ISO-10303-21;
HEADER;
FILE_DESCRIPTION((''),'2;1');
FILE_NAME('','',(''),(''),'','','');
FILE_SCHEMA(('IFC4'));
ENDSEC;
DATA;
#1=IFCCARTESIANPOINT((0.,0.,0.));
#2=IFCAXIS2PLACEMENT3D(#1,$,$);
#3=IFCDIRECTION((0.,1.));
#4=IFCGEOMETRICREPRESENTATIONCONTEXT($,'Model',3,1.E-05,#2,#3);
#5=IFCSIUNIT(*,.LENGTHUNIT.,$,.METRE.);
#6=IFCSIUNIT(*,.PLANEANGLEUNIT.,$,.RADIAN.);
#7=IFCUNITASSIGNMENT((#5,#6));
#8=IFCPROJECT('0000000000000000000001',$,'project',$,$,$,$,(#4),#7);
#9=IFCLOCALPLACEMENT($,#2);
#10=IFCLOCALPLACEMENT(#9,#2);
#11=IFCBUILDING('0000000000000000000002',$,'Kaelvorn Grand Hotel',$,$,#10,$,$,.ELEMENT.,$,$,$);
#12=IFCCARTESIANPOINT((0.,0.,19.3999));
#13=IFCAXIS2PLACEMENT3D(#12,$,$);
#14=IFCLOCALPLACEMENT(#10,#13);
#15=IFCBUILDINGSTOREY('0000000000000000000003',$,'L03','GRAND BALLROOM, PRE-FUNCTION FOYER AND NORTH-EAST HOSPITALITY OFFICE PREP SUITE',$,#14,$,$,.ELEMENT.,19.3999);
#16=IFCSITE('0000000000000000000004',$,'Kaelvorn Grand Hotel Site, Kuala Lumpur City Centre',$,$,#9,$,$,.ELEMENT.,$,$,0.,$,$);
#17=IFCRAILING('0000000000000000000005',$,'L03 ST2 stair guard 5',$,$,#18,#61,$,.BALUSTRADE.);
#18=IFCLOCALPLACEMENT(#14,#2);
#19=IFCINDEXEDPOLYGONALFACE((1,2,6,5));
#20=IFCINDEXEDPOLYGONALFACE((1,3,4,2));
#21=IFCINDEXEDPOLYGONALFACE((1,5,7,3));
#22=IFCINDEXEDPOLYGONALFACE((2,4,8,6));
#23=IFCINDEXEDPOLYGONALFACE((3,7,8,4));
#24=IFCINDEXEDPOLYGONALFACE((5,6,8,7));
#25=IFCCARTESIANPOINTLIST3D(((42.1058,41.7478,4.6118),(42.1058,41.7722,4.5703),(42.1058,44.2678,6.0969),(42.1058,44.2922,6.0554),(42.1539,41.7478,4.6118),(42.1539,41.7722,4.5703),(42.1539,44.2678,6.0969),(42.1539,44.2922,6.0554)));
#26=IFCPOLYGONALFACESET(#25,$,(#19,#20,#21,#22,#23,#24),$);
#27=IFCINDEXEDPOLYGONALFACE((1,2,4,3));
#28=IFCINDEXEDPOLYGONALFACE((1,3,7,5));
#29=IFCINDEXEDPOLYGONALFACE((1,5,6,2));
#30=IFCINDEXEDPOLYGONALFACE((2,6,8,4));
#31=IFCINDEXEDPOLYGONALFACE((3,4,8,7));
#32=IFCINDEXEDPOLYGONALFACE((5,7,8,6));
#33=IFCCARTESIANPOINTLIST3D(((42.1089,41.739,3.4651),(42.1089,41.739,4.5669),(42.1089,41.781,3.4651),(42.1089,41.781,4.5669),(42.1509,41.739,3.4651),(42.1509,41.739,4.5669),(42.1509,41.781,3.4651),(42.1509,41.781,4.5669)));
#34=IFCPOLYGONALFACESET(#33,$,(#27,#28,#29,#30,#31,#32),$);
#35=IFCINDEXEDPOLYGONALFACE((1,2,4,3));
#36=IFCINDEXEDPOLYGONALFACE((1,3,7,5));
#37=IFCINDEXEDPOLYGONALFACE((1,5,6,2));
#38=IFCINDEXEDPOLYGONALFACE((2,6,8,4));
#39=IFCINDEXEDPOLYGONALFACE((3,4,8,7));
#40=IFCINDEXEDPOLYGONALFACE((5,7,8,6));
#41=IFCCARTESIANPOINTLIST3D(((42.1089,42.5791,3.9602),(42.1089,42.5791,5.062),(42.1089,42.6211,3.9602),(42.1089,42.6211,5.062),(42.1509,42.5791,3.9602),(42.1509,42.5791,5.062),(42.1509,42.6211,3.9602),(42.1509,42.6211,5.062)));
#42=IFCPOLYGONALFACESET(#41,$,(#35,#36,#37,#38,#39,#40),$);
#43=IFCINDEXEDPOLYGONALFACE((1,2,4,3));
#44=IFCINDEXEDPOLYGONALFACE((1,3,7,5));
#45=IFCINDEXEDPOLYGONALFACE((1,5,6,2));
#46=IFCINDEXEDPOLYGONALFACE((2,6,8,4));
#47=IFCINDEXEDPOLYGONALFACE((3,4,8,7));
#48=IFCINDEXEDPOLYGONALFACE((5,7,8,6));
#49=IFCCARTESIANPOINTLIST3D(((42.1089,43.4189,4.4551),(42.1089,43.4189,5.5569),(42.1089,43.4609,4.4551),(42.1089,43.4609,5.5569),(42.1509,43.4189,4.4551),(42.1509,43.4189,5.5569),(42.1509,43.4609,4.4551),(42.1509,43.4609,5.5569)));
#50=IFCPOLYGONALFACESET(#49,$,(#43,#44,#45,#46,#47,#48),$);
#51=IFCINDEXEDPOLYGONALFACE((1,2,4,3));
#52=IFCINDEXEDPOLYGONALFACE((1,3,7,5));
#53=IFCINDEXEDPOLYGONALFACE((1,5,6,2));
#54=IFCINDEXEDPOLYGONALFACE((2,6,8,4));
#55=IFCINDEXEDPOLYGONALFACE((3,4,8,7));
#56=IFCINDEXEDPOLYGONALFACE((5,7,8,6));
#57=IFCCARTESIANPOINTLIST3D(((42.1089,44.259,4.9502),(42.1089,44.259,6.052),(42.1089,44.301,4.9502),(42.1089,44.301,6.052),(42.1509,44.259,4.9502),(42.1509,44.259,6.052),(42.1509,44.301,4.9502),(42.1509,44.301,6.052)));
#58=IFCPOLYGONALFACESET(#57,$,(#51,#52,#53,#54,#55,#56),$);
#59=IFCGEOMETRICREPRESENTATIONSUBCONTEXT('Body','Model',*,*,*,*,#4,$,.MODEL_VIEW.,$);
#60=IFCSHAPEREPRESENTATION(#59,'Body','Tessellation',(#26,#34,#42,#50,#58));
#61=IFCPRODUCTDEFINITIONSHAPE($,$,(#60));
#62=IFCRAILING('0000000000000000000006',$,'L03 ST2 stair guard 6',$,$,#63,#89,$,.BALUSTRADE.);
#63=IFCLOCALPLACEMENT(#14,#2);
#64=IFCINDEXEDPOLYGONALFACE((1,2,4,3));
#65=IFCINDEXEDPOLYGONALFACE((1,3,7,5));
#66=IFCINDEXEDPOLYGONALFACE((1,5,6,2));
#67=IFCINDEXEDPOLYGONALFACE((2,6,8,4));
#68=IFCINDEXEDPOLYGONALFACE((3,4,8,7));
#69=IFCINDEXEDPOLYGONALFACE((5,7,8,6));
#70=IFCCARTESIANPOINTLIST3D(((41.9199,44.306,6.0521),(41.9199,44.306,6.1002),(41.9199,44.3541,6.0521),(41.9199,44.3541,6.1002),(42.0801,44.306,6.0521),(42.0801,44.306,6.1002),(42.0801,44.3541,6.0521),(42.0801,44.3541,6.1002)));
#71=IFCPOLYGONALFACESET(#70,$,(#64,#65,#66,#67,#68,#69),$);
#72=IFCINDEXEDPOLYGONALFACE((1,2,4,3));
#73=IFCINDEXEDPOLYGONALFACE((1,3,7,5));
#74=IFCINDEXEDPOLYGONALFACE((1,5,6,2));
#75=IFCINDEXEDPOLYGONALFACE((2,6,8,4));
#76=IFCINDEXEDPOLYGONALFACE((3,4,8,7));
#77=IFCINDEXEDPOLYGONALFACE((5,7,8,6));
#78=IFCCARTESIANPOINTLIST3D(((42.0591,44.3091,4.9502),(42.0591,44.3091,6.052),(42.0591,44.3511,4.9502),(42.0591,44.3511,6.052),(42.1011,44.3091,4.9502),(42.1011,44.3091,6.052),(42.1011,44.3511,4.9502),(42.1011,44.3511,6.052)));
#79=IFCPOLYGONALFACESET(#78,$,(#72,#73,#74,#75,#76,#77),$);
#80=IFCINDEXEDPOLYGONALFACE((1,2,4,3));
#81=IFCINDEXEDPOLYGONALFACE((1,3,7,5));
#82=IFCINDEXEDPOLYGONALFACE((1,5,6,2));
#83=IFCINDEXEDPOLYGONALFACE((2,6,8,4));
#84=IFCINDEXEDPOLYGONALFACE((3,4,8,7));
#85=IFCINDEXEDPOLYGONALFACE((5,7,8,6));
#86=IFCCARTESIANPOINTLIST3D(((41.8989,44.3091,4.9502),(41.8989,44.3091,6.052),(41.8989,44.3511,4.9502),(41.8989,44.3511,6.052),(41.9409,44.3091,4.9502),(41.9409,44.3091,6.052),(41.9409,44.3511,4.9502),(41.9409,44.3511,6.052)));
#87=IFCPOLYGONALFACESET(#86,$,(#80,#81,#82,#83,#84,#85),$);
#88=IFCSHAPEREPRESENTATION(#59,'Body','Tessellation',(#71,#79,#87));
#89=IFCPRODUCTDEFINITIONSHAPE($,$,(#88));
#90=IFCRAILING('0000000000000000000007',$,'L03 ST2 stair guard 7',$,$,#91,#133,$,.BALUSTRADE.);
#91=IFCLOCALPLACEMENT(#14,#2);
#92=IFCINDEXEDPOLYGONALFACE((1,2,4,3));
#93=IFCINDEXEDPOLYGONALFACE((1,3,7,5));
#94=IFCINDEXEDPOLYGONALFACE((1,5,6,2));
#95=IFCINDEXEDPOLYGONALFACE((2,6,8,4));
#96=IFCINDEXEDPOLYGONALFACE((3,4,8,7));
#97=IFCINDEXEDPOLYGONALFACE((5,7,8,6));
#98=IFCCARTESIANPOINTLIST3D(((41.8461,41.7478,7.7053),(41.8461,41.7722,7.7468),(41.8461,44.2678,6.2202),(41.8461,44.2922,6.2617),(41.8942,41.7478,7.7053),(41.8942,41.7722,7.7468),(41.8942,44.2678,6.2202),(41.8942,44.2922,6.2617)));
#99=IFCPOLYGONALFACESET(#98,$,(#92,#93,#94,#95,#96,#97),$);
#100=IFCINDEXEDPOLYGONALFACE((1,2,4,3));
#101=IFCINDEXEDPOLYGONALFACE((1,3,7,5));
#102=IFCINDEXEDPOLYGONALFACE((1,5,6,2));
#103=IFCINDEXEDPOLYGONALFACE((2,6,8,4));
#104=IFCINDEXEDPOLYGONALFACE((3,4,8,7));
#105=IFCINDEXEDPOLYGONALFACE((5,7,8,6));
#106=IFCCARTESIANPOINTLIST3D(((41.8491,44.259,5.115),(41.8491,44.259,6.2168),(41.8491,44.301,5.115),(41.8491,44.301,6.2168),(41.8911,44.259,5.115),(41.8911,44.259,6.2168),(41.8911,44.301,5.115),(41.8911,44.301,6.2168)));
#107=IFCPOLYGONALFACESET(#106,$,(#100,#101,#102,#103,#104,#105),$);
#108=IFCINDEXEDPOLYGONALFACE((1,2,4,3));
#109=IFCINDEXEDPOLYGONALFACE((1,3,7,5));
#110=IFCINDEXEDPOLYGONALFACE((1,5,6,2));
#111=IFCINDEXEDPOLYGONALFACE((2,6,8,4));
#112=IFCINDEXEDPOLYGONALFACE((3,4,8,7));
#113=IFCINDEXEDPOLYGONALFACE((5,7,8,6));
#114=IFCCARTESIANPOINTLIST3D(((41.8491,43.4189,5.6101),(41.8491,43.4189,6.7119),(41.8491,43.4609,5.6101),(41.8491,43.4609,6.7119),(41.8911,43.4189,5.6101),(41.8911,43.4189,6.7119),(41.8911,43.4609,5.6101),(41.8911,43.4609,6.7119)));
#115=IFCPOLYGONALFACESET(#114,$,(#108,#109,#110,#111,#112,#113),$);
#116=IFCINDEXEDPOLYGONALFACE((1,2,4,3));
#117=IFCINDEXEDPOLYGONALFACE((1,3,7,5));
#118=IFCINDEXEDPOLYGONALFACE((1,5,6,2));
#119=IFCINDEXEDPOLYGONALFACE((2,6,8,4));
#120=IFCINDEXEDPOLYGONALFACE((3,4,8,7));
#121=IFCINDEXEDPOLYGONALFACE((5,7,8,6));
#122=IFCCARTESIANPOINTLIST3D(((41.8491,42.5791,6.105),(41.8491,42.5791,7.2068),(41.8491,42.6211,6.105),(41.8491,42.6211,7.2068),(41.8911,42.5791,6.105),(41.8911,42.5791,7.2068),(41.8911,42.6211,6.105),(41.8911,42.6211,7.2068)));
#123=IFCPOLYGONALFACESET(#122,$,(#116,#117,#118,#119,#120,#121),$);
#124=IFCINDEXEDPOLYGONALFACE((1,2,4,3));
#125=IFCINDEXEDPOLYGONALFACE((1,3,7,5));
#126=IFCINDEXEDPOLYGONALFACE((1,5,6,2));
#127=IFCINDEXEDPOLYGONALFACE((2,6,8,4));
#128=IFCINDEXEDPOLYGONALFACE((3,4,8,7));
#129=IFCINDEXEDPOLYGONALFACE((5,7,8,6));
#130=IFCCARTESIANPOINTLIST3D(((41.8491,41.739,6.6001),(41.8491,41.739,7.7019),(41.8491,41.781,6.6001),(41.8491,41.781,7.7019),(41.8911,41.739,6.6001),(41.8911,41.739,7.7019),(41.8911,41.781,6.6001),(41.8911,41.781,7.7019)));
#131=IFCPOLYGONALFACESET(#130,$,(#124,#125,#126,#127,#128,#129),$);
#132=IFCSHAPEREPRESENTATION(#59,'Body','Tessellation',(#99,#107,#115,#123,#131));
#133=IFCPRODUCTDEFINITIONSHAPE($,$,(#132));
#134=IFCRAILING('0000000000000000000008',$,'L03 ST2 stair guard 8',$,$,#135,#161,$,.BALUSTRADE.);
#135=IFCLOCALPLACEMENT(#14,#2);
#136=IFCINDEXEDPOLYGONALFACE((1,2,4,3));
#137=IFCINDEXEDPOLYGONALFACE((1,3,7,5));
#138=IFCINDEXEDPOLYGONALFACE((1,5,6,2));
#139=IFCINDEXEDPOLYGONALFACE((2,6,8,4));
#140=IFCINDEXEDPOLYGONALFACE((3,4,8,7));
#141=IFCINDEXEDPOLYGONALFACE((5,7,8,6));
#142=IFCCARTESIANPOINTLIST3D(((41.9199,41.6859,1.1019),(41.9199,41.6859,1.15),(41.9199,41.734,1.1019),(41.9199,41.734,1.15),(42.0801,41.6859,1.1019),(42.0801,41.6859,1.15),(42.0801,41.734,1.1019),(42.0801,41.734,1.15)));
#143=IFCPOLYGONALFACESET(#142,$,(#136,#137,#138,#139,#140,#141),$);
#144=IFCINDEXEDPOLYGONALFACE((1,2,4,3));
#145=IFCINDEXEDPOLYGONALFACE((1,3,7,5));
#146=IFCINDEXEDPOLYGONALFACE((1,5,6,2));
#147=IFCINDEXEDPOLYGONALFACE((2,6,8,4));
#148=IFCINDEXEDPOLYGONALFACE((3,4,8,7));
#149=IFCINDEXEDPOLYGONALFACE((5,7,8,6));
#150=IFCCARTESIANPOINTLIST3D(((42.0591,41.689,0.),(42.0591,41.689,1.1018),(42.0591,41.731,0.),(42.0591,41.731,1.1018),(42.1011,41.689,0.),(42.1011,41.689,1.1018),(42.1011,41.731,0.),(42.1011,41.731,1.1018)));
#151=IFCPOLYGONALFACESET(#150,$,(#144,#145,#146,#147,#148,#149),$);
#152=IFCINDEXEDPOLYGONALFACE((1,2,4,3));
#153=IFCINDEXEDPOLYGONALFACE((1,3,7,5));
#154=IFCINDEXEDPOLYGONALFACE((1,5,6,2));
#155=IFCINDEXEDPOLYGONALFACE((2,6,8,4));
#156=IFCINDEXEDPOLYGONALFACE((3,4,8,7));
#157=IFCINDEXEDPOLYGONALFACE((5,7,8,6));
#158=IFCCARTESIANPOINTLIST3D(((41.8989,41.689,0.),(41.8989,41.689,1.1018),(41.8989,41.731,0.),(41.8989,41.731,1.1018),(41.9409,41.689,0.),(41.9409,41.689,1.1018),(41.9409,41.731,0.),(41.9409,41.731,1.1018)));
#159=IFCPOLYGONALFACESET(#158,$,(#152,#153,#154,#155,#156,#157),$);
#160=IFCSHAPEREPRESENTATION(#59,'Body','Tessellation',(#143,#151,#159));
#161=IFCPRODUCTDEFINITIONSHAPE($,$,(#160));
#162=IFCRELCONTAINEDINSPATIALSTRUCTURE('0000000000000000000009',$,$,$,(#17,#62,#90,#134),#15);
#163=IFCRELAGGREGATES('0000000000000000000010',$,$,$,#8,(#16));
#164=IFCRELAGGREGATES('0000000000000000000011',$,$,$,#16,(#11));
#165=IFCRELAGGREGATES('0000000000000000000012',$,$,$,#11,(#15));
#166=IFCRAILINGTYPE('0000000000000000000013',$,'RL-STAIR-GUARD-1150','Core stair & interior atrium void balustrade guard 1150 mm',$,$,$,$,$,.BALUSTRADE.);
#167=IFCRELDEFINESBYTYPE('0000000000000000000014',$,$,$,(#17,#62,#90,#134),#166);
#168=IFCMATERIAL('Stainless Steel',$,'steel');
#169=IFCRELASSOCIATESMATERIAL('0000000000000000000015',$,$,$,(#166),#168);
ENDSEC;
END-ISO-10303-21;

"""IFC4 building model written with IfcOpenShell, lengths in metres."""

from ifc_helpers import new_model, si_unit, direction, frame, origin, origin_2d, place, context, subcontext, project, spatial, rectangle, extrude, material, type_object, element, save


model = new_model("IFC4")

# Units and contexts
model_context = context("Model", 3, precision=1e-05, world=origin(), true_north=direction((0.0, 1.0)))
body_context = subcontext(model_context, "Body", "Model", "MODEL_VIEW")
ifc_project = project(units=[si_unit("LENGTHUNIT", "METRE"), si_unit("PLANEANGLEUNIT", "RADIAN")], contexts=[model_context])

# Site, building, storey
site_placement = place(None, origin())
site = spatial("IfcSite", under=ifc_project, at=site_placement, Name="Kaelvorn Grand Hotel Site, Kuala Lumpur City Centre", CompositionType="ELEMENT", RefElevation=0.0)
building_placement = place(site_placement, origin())
building = spatial("IfcBuilding", under=site, at=building_placement, Name="Kaelvorn Grand Hotel", CompositionType="ELEMENT")
storey_placement = place(building_placement, frame((0.0, 0.0, 19.3999)))
storey = spatial("IfcBuildingStorey", under=building, at=storey_placement, Name="L03", Description="GRAND BALLROOM, PRE-FUNCTION FOYER AND NORTH-EAST HOSPITALITY OFFICE PREP SUITE", CompositionType="ELEMENT", Elevation=19.3999)

# Railings
ifc_material_1 = material(Name="Stainless Steel", Category="steel")
railing_type_1 = type_object("IfcRailingType", Name="RL-STAIR-GUARD-1150", Description="Core stair & interior atrium void balustrade guard 1150 mm", PredefinedType="BALUSTRADE", material=ifc_material_1)
railing_1_placement = place(storey_placement, frame((42.1299, 41.76, 3.4651)))
element("IfcRailing", 1, at=railing_1_placement, inside=storey, type_object=railing_type_1, Name="L03 ST2 stair guard 5", PredefinedType="BALUSTRADE", context=body_context, shape_type="SweptSolid", body=[
    extrude(rectangle(XDim=0.0481, YDim=0.0481, at=origin_2d()), frame((0.0, 0.0, 1.126), z_axis=(0.0, 0.861524, 0.507717), x_axis=(-1.0, 0.0, 0.0)), (0.0, 0.0, 1.0), 2.925),
    extrude(rectangle(XDim=0.042, YDim=0.042, at=origin_2d()), origin(), (0.0, 0.0, 1.0), 1.1018),
    extrude(rectangle(XDim=0.042, YDim=0.042, at=origin_2d()), frame((0.0, 0.8401, 0.4951)), (0.0, 0.0, 1.0), 1.1018),
    extrude(rectangle(XDim=0.042, YDim=0.042, at=origin_2d()), frame((0.0, 1.6799, 0.99)), (0.0, 0.0, 1.0), 1.1018),
    extrude(rectangle(XDim=0.042, YDim=0.042, at=origin_2d()), frame((0.0, 2.52, 1.4851)), (0.0, 0.0, 1.0), 1.1018),
])
railing_2_placement = place(storey_placement, frame((42.0801, 44.3301, 4.9502)))
element("IfcRailing", 2, at=railing_2_placement, inside=storey, type_object=railing_type_1, Name="L03 ST2 stair guard 6", PredefinedType="BALUSTRADE", context=body_context, shape_type="SweptSolid", body=[
    extrude(rectangle(XDim=0.0481, YDim=0.0481, at=origin_2d()), frame((0.0, 0.0, 1.126), z_axis=(-1.0, 0.0, 0.0), x_axis=(0.0, -1.0, 0.0)), (0.0, 0.0, 1.0), 0.1602),
    extrude(rectangle(XDim=0.042, YDim=0.042, at=origin_2d()), origin(), (0.0, 0.0, 1.0), 1.1018),
    extrude(rectangle(XDim=0.042, YDim=0.042, at=origin_2d()), frame((-0.1602, 0.0, 0.0)), (0.0, 0.0, 1.0), 1.1018),
])
railing_3_placement = place(storey_placement, frame((41.8701, 44.28, 5.115)))
element("IfcRailing", 3, at=railing_3_placement, inside=storey, type_object=railing_type_1, Name="L03 ST2 stair guard 7", PredefinedType="BALUSTRADE", context=body_context, shape_type="SweptSolid", body=[
    extrude(rectangle(XDim=0.0481, YDim=0.0481, at=origin_2d()), frame((0.0, 0.0, 1.126), z_axis=(0.0, -0.861524, 0.507717), x_axis=(1.0, 0.0, 0.0)), (0.0, 0.0, 1.0), 2.925),
    extrude(rectangle(XDim=0.042, YDim=0.042, at=origin_2d()), origin(), (0.0, 0.0, 1.0), 1.1018),
    extrude(rectangle(XDim=0.042, YDim=0.042, at=origin_2d()), frame((0.0, -0.8401, 0.4951)), (0.0, 0.0, 1.0), 1.1018),
    extrude(rectangle(XDim=0.042, YDim=0.042, at=origin_2d()), frame((0.0, -1.6799, 0.99)), (0.0, 0.0, 1.0), 1.1018),
    extrude(rectangle(XDim=0.042, YDim=0.042, at=origin_2d()), frame((0.0, -2.52, 1.4851)), (0.0, 0.0, 1.0), 1.1018),
])
railing_4_placement = place(storey_placement, frame((42.0801, 41.71, 0.0)))
element("IfcRailing", 4, at=railing_4_placement, inside=storey, type_object=railing_type_1, Name="L03 ST2 stair guard 8", PredefinedType="BALUSTRADE", context=body_context, shape_type="SweptSolid", body=[
    extrude(rectangle(XDim=0.0481, YDim=0.0481, at=origin_2d()), frame((0.0, 0.0, 1.126), z_axis=(-1.0, 0.0, 0.0), x_axis=(0.0, -1.0, 0.0)), (0.0, 0.0, 1.0), 0.1602),
    extrude(rectangle(XDim=0.042, YDim=0.042, at=origin_2d()), origin(), (0.0, 0.0, 1.0), 1.1018),
    extrude(rectangle(XDim=0.042, YDim=0.042, at=origin_2d()), frame((-0.1602, 0.0, 0.0)), (0.0, 0.0, 1.0), 1.1018),
])

save(model, "model.ifc")
